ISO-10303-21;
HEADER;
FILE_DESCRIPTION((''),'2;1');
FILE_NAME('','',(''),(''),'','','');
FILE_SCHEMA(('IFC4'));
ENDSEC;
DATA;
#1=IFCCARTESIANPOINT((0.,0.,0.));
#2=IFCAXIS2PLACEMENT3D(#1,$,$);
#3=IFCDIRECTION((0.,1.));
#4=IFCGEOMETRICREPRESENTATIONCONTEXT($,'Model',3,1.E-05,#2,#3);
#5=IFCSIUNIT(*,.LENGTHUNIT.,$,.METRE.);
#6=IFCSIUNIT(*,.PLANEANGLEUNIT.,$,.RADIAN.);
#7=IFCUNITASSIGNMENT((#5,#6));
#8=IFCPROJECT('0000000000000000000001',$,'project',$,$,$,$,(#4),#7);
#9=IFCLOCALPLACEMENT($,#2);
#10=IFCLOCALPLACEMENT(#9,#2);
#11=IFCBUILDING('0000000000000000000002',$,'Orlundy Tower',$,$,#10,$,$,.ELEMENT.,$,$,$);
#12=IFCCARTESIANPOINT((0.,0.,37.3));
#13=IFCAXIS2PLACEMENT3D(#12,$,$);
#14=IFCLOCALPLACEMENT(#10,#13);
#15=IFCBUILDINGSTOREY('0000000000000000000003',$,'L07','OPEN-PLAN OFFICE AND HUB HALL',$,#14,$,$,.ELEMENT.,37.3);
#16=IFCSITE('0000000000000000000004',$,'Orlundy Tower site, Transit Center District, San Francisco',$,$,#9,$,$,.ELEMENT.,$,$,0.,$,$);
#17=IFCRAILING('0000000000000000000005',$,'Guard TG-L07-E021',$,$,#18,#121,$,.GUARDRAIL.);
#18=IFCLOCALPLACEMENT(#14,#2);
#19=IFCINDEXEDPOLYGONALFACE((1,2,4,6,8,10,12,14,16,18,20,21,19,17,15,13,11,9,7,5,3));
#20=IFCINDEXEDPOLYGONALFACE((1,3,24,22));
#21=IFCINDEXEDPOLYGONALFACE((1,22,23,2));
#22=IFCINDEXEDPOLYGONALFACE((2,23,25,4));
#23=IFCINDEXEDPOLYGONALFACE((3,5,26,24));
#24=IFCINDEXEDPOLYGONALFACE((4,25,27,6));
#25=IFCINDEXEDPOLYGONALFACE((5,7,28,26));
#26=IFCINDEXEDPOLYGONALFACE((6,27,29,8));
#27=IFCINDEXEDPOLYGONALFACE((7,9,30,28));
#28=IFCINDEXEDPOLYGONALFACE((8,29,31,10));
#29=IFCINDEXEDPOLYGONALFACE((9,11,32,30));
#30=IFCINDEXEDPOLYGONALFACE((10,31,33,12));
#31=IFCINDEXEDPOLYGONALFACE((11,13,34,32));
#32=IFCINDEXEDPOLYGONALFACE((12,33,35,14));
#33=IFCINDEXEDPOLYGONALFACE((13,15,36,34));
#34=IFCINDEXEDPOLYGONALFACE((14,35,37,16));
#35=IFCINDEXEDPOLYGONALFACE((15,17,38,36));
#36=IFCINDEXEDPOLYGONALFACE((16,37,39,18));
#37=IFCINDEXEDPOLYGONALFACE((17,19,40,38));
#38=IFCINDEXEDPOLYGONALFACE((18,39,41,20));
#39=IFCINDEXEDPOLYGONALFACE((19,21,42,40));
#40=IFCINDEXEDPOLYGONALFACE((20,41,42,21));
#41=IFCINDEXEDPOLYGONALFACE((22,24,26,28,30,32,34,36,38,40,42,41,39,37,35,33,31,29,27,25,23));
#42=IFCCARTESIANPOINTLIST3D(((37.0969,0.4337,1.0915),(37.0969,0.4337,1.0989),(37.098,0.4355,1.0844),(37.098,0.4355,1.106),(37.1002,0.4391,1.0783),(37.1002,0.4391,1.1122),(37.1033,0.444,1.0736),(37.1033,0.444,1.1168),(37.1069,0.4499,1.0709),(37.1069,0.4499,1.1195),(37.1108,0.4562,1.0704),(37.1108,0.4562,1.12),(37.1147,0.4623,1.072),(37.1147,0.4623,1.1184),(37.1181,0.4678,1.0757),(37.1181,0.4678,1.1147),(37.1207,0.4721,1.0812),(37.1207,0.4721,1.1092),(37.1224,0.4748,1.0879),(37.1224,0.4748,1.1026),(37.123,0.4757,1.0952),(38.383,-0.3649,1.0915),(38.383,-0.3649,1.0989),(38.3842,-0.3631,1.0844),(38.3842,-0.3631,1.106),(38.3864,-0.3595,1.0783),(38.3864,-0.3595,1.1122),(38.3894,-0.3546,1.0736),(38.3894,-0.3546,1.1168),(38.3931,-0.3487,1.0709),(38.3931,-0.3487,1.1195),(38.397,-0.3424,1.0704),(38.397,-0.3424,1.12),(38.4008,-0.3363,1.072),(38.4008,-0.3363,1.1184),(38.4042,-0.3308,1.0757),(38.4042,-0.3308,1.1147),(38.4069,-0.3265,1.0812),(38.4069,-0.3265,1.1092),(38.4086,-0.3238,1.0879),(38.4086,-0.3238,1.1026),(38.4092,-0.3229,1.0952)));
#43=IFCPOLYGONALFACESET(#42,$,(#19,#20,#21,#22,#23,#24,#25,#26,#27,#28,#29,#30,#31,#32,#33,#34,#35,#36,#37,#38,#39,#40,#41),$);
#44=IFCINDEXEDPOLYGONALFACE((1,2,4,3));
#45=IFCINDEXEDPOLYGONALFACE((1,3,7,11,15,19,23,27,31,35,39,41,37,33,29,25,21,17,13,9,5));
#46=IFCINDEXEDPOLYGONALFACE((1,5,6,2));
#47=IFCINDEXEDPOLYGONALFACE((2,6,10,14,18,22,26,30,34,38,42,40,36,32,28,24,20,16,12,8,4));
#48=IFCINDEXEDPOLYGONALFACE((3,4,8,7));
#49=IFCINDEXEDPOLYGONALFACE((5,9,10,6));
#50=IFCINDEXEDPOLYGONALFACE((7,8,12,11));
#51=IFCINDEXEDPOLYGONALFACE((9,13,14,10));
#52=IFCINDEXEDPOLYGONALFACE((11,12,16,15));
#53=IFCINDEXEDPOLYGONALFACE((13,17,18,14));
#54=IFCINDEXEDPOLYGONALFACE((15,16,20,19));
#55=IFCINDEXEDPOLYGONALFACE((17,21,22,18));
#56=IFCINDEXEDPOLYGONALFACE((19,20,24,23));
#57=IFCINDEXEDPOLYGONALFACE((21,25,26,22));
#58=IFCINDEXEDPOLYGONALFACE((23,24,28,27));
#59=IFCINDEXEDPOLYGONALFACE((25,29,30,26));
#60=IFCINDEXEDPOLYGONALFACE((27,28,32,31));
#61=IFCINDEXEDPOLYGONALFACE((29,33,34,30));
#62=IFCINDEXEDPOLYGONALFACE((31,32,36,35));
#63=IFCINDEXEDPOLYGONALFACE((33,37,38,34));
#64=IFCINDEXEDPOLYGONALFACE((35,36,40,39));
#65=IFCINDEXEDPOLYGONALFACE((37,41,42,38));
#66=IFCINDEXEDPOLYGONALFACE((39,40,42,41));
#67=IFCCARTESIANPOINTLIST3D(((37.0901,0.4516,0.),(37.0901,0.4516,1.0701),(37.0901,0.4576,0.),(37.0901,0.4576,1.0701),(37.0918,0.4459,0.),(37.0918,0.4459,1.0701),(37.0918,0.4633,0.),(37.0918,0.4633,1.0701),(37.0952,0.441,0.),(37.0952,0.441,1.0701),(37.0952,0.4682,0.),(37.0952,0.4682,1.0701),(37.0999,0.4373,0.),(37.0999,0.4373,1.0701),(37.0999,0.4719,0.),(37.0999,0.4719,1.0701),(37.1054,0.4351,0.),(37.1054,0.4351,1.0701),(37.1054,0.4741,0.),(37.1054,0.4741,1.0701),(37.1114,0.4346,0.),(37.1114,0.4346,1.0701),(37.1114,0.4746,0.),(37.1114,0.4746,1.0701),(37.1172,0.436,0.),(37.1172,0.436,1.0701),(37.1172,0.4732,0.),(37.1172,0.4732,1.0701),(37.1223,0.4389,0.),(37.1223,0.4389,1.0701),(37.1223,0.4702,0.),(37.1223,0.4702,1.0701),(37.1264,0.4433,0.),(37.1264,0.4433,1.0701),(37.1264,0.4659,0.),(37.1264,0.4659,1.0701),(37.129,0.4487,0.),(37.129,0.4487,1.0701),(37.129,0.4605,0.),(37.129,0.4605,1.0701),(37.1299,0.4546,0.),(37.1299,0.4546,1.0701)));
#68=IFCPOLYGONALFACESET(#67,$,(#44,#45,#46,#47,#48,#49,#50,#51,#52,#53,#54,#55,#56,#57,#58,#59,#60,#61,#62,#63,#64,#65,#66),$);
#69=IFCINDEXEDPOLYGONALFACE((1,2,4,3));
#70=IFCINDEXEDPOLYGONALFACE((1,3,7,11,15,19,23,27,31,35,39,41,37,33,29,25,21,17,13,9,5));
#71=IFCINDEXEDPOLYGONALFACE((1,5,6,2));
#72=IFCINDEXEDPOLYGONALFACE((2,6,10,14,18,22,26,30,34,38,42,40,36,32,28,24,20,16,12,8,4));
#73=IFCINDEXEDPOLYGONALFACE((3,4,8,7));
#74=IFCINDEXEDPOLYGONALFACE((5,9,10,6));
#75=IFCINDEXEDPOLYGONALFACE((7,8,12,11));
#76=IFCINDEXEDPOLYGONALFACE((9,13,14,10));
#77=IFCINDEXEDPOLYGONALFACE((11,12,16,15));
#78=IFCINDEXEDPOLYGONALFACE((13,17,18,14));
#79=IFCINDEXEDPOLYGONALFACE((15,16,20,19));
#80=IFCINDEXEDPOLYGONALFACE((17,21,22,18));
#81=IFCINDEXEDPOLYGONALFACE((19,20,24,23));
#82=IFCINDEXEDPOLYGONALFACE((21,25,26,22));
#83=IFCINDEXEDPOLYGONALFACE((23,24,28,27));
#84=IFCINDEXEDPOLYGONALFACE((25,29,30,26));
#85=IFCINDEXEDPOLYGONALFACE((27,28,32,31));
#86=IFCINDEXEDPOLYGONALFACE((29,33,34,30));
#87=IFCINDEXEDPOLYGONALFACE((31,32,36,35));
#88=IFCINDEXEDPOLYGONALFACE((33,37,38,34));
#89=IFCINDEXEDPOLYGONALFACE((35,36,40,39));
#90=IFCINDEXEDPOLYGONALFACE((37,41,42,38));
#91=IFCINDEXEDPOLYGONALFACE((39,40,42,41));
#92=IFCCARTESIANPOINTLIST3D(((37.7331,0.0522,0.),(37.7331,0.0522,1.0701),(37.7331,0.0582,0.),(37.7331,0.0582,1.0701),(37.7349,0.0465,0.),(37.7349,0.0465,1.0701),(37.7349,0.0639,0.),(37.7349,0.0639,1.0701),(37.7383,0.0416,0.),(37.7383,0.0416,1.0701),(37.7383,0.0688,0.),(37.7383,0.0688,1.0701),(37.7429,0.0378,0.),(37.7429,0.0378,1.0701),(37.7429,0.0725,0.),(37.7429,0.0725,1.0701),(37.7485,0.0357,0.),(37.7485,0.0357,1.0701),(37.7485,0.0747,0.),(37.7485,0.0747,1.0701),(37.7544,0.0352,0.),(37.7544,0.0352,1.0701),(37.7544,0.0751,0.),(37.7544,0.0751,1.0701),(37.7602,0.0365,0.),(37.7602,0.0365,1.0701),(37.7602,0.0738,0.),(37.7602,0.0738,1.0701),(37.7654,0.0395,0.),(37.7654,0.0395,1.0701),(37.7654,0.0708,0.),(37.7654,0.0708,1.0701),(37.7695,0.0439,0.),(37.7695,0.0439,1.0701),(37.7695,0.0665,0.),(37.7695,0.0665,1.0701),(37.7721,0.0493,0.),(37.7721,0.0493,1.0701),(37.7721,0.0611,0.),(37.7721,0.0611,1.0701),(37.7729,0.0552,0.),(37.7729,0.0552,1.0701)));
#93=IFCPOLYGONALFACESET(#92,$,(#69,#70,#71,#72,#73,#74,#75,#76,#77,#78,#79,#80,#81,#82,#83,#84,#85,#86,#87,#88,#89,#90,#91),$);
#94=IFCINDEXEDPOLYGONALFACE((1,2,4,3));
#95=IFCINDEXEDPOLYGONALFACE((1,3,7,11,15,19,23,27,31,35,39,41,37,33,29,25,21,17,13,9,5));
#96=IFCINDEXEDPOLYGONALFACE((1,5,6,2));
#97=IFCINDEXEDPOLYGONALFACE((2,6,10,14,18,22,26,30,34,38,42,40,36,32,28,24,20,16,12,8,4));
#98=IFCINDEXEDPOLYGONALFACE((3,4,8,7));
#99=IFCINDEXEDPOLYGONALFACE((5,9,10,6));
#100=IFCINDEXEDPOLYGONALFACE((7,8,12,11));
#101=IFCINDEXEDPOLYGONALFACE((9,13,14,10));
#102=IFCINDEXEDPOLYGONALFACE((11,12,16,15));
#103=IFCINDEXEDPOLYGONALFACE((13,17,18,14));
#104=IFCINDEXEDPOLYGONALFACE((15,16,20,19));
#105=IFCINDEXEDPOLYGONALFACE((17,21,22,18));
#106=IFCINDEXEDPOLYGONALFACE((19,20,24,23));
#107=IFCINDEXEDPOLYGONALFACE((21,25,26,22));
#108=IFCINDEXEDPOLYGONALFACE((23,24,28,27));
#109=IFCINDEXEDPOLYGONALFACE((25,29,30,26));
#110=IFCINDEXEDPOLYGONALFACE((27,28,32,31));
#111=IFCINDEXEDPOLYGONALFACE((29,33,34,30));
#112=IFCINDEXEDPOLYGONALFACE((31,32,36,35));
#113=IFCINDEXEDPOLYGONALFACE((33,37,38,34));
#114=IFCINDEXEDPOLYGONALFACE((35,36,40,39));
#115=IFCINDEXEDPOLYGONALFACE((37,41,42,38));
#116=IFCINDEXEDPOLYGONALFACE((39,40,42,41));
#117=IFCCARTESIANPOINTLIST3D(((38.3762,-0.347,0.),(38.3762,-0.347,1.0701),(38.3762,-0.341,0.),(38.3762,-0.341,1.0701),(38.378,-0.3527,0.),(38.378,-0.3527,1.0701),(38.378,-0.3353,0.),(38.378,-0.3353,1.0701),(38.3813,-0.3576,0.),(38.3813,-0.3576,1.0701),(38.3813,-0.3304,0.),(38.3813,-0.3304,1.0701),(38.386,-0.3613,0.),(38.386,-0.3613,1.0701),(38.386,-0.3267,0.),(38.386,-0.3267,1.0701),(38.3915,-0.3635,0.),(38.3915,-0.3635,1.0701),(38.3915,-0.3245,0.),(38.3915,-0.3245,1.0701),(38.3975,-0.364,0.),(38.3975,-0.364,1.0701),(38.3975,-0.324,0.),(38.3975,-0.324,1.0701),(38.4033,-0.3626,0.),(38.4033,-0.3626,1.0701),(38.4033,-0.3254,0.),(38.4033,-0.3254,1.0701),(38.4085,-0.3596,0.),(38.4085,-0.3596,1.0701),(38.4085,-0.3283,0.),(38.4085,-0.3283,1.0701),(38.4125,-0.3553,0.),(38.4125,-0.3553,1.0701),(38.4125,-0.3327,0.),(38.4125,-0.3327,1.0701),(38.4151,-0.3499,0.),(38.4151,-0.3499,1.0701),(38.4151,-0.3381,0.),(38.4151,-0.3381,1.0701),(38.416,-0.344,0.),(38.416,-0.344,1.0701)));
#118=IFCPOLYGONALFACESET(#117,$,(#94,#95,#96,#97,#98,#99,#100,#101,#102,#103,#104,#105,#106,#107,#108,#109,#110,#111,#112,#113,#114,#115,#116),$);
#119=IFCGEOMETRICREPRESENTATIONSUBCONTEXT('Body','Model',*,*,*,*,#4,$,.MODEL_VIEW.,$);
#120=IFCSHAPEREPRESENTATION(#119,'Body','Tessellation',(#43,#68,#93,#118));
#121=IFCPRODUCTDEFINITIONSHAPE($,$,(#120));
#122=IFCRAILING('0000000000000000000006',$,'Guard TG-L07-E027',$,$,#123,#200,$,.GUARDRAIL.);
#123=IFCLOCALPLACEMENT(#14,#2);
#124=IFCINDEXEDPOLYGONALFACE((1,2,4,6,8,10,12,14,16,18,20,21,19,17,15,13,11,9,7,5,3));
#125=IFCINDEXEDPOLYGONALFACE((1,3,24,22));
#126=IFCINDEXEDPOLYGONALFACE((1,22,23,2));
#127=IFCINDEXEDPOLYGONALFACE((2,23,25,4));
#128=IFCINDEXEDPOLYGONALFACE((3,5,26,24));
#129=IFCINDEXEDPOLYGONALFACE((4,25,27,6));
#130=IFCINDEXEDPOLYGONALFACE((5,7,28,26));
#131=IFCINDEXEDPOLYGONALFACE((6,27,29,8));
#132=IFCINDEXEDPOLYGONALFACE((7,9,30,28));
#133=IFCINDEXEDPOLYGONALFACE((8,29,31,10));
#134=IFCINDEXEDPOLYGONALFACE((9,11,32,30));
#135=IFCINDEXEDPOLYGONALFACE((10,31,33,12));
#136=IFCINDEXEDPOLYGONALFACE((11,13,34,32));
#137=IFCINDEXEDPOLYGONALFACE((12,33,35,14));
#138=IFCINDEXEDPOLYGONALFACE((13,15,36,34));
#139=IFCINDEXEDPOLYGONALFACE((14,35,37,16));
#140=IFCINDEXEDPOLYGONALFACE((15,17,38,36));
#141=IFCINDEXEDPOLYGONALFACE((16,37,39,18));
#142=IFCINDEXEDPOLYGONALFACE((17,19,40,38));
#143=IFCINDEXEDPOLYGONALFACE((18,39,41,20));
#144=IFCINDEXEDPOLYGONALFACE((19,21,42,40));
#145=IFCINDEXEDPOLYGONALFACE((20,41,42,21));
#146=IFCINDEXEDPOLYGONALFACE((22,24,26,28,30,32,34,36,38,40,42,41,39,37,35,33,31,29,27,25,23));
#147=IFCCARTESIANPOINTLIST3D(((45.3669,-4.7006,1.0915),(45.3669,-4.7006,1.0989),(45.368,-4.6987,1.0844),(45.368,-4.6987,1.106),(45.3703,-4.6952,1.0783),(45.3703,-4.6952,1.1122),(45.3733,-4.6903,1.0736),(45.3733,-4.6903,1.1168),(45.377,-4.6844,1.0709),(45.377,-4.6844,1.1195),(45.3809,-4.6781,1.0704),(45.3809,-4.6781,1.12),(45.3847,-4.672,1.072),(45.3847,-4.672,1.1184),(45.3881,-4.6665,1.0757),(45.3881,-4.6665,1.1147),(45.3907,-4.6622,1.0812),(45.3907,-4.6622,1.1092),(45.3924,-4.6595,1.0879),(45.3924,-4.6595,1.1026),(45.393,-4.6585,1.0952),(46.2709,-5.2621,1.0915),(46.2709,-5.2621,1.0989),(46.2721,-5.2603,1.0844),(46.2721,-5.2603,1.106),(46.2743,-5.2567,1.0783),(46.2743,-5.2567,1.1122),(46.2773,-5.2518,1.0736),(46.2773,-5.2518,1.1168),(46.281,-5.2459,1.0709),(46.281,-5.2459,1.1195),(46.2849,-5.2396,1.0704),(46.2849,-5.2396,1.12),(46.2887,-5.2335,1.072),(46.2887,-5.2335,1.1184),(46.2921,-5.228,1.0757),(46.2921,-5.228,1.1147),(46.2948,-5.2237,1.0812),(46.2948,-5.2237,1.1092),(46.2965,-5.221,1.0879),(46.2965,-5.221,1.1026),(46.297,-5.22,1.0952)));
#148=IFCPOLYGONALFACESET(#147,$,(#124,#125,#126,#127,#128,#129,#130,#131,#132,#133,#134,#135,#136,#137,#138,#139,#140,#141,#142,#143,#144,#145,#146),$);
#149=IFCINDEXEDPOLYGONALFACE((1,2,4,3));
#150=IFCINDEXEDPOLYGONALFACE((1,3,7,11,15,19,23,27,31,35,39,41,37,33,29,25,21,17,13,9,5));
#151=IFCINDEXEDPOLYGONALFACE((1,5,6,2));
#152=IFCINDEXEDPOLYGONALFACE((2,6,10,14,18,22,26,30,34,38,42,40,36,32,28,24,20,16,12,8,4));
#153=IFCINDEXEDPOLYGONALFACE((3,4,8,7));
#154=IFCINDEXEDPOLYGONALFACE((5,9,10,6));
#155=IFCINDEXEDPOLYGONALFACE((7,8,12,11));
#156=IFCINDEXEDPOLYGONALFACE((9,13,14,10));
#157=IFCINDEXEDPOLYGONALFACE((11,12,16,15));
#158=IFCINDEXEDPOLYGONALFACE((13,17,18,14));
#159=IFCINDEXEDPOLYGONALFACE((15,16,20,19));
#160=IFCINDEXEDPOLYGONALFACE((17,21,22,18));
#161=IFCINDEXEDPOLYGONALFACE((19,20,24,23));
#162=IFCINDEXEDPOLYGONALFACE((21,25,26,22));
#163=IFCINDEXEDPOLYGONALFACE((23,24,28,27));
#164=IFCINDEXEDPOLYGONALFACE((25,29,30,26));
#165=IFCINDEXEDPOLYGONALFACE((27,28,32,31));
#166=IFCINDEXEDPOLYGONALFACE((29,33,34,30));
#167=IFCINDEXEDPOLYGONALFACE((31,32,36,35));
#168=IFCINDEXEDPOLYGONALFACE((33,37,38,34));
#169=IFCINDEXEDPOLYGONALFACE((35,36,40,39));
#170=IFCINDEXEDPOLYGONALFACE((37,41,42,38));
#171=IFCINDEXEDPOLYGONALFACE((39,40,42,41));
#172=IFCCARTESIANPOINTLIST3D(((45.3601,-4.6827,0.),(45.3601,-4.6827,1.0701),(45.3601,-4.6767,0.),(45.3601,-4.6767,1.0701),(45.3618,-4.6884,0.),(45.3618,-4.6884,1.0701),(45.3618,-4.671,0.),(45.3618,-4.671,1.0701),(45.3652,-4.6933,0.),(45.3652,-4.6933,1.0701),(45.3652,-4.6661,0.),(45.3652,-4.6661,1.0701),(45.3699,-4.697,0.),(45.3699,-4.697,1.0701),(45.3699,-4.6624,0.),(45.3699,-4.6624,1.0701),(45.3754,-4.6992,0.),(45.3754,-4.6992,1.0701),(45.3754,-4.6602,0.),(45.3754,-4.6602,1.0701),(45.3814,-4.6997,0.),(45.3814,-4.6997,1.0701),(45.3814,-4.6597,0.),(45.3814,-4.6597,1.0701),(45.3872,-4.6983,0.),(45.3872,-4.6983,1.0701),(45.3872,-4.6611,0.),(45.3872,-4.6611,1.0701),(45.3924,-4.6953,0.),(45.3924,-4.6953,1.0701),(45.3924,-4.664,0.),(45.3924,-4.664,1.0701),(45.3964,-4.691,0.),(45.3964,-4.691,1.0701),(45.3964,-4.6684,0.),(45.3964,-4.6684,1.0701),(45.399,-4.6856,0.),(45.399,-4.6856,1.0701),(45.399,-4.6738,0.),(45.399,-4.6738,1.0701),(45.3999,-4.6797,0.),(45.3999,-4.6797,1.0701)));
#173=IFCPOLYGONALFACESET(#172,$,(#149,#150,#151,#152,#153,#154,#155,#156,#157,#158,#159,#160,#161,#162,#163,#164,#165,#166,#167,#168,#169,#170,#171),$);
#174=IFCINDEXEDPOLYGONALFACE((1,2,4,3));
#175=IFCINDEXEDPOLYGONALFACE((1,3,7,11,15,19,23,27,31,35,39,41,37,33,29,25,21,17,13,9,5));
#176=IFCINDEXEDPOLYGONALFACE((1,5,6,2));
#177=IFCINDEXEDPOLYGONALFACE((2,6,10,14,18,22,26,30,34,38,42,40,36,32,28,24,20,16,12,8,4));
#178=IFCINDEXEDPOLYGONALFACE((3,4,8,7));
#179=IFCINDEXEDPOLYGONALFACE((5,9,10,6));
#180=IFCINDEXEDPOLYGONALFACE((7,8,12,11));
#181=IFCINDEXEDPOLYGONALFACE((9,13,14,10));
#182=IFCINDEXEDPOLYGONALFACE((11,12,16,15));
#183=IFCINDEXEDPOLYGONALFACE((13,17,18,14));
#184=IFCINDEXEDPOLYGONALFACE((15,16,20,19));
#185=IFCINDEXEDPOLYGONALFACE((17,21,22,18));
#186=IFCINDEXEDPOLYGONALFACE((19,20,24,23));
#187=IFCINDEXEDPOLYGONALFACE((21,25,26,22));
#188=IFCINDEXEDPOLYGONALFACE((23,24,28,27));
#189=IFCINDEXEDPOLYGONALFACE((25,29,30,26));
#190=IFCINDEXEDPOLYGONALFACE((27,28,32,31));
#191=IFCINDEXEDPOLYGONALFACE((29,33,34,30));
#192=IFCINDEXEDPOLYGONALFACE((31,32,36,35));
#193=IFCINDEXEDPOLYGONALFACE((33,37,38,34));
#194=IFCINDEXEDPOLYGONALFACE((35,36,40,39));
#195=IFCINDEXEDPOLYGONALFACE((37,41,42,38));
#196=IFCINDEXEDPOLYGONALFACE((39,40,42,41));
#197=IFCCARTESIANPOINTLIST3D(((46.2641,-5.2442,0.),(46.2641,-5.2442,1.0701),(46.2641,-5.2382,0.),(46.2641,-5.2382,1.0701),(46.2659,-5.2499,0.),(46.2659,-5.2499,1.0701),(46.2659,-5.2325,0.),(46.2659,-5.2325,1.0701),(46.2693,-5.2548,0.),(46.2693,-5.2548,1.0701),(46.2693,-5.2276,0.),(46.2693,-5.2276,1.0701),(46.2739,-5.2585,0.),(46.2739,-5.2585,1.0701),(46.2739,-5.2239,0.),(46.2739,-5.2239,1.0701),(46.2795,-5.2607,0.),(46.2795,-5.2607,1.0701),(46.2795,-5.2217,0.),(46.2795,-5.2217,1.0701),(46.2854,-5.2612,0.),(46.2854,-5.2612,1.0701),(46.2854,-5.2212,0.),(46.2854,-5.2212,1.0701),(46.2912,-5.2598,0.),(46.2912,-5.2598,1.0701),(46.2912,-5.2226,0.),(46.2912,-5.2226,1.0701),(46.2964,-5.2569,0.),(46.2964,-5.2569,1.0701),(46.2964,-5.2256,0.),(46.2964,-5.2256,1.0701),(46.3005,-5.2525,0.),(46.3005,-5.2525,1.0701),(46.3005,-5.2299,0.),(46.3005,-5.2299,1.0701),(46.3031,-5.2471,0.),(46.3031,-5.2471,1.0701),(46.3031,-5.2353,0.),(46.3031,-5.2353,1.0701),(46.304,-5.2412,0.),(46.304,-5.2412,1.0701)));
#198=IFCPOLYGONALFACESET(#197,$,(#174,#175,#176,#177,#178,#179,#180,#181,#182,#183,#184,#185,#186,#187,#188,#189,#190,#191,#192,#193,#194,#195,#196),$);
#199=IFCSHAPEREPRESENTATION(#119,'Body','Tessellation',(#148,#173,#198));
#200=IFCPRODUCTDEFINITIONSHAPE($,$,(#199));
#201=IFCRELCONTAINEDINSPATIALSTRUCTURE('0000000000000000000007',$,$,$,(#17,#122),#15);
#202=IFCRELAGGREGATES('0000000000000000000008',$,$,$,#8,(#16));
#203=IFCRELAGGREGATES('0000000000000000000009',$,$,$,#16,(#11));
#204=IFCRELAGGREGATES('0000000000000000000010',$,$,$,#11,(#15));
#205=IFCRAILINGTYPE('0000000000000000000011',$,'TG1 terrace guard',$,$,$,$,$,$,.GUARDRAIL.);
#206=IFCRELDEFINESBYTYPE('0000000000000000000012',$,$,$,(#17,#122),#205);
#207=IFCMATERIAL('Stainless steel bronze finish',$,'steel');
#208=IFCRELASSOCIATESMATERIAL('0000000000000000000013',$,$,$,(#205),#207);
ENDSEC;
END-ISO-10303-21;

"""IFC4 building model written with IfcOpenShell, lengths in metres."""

from ifc_helpers import new_model, si_unit, direction, frame, origin, origin_2d, place, context, subcontext, project, spatial, circle, extrude, material, type_object, element, save


model = new_model("IFC4")

# Units and contexts
model_context = context("Model", 3, precision=1e-05, world=origin(), true_north=direction((0.0, 1.0)))
body_context = subcontext(model_context, "Body", "Model", "MODEL_VIEW")
ifc_project = project(units=[si_unit("LENGTHUNIT", "METRE"), si_unit("PLANEANGLEUNIT", "RADIAN")], contexts=[model_context])

# Site, building, storey
site_placement = place(None, origin())
site = spatial("IfcSite", under=ifc_project, at=site_placement, Name="Orlundy Tower site, Transit Center District, San Francisco", CompositionType="ELEMENT", RefElevation=0.0)
building_placement = place(site_placement, origin())
building = spatial("IfcBuilding", under=site, at=building_placement, Name="Orlundy Tower", CompositionType="ELEMENT")
storey_placement = place(building_placement, frame((0.0, 0.0, 37.3)))
storey = spatial("IfcBuildingStorey", under=building, at=storey_placement, Name="L07", Description="OPEN-PLAN OFFICE AND HUB HALL", CompositionType="ELEMENT", Elevation=37.3)

# Railings
ifc_material_1 = material(Name="Stainless steel bronze finish", Category="steel")
railing_type = type_object("IfcRailingType", Name="TG1 terrace guard", PredefinedType="GUARDRAIL", material=ifc_material_1)
railing_1_placement = place(storey_placement, frame((37.1099, 0.4546, 0.0)))
element("IfcRailing", 1, at=railing_1_placement, inside=storey, type_object=railing_type, Name="Guard TG-L07-E021", PredefinedType="GUARDRAIL", context=body_context, shape_type="SweptSolid", body=[
    extrude(circle(Radius=0.0249, at=origin_2d()), frame((0.0, 0.0, 1.0952), z_axis=(0.849553, -0.527503, 0.0), x_axis=(0.527503, 0.849553, 0.0)), (0.0, 0.0, 1.0), 1.5139),
    extrude(circle(Radius=0.02, at=origin_2d()), origin(), (0.0, 0.0, 1.0), 1.0701),
    extrude(circle(Radius=0.02, at=origin_2d()), frame((0.6431, -0.3994, 0.0)), (0.0, 0.0, 1.0), 1.0701),
    extrude(circle(Radius=0.02, at=origin_2d()), frame((1.2861, -0.7986, 0.0)), (0.0, 0.0, 1.0), 1.0701),
])
railing_2_placement = place(storey_placement, frame((45.3799, -4.6797, 0.0)))
element("IfcRailing", 2, at=railing_2_placement, inside=storey, type_object=railing_type, Name="Guard TG-L07-E027", PredefinedType="GUARDRAIL", context=body_context, shape_type="SweptSolid", body=[
    extrude(circle(Radius=0.0249, at=origin_2d()), frame((0.0, 0.0, 1.0952), z_axis=(0.849477, -0.527626, 0.0), x_axis=(0.527626, 0.849477, 0.0)), (0.0, 0.0, 1.0), 1.0642),
    extrude(circle(Radius=0.02, at=origin_2d()), origin(), (0.0, 0.0, 1.0), 1.0701),
    extrude(circle(Radius=0.02, at=origin_2d()), frame((0.9041, -0.5615, 0.0)), (0.0, 0.0, 1.0), 1.0701),
])

save(model, "model.ifc")
